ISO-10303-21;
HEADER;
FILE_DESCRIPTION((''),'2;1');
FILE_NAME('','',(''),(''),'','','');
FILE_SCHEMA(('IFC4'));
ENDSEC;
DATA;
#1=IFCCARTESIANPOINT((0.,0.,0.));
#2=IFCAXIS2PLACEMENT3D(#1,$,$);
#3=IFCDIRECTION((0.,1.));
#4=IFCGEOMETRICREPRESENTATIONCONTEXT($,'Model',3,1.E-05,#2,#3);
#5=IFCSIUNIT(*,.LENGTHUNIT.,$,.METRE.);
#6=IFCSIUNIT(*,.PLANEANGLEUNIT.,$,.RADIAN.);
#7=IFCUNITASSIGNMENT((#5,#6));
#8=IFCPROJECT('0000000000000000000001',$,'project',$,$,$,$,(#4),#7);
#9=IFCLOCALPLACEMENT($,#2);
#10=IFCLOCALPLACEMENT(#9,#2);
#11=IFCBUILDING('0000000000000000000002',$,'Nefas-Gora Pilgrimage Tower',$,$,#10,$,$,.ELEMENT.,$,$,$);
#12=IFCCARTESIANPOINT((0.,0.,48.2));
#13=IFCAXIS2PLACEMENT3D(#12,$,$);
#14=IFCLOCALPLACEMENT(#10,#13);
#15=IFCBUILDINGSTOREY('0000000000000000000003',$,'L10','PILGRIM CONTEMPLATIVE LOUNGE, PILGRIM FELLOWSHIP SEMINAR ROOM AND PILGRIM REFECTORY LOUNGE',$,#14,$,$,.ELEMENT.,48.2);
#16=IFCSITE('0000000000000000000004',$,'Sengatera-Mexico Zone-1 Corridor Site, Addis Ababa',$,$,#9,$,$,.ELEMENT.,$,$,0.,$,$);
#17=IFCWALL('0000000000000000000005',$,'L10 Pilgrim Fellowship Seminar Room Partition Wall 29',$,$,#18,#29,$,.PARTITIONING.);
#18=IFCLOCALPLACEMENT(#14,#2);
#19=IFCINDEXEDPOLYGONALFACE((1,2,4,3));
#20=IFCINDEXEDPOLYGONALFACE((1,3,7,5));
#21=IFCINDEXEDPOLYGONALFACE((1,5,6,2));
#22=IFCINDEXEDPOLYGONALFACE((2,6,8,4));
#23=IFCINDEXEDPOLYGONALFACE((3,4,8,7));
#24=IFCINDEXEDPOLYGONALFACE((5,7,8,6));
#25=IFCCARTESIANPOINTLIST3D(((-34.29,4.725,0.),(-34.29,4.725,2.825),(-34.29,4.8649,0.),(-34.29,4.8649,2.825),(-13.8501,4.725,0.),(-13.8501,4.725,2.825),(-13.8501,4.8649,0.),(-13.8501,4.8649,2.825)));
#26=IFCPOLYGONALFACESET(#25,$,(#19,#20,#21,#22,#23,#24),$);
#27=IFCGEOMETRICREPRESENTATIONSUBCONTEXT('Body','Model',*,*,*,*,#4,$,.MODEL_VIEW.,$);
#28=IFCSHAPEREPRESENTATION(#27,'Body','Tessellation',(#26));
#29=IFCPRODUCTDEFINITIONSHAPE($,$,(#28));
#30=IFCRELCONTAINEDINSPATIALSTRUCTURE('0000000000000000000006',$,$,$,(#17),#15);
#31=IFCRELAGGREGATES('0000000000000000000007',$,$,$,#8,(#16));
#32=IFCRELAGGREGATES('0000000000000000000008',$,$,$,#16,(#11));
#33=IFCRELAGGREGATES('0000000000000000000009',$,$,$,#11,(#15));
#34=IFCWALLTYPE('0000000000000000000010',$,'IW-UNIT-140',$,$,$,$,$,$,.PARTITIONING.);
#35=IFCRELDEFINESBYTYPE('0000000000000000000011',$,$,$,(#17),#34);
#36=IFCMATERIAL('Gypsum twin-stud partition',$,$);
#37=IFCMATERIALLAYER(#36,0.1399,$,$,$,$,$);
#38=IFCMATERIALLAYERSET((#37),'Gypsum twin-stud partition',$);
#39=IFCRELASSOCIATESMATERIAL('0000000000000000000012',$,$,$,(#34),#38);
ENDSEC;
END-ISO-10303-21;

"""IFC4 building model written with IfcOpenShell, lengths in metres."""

from ifc_helpers import new_model, si_unit, direction, frame, frame_2d, origin, place, context, subcontext, project, spatial, rectangle, extrude, source, transform, mapped, material, layer, layer_set, type_object, element, save


model = new_model("IFC4")

# Units and contexts
model_context = context("Model", 3, precision=1e-05, world=origin(), true_north=direction((0.0, 1.0)))
body_context = subcontext(model_context, "Body", "Model", "MODEL_VIEW")
ifc_project = project(units=[si_unit("LENGTHUNIT", "METRE"), si_unit("PLANEANGLEUNIT", "RADIAN")], contexts=[model_context])

# Site, building, storey
site_placement = place(None, origin())
site = spatial("IfcSite", under=ifc_project, at=site_placement, Name="Sengatera-Mexico Zone-1 Corridor Site, Addis Ababa", CompositionType="ELEMENT", RefElevation=0.0)
building_placement = place(site_placement, origin())
building = spatial("IfcBuilding", under=site, at=building_placement, Name="Nefas-Gora Pilgrimage Tower", CompositionType="ELEMENT")
storey_placement = place(building_placement, frame((0.0, 0.0, 48.2)))
storey = spatial("IfcBuildingStorey", under=building, at=storey_placement, Name="L10", Description="PILGRIM CONTEMPLATIVE LOUNGE, PILGRIM FELLOWSHIP SEMINAR ROOM AND PILGRIM REFECTORY LOUNGE", CompositionType="ELEMENT", Elevation=48.2)

# Wall
ifc_material_1 = material(Name="Gypsum twin-stud partition")
ifc_layer_1 = layer(ifc_material_1, 0.1399)
ifc_layer_set_1 = layer_set([ifc_layer_1], Name="Gypsum twin-stud partition")
wall_type_1 = type_object("IfcWallType", Name="IW-UNIT-140", PredefinedType="PARTITIONING", material=ifc_layer_set_1)
shared_shape_1 = source(origin(), body_context, "Body", "SweptSolid", [
    extrude(rectangle(XDim=20.4399, YDim=0.1399, at=frame_2d((10.22, 0.0))), origin(), (0.0, 0.0, 1.0), 2.825),
])
wall_1_placement = place(storey_placement, frame((-34.29, 4.7949, 0.0), z_axis=(0.0, 0.0, 1.0), x_axis=(1.0, 0.0, 0.0)))
element("IfcWall", 1, at=wall_1_placement, inside=storey, type_object=wall_type_1, Name="L10 Pilgrim Fellowship Seminar Room Partition Wall 29", PredefinedType="PARTITIONING", context=body_context, shape_type="MappedRepresentation", body=[
    mapped(shared_shape_1, transform((0.0, 0.0, 0.0), x_axis=(1.0, 0.0, 0.0), y_axis=(0.0, 1.0, 0.0), z_axis=(0.0, 0.0, 1.0), scale=1.0)),
])

save(model, "model.ifc")
